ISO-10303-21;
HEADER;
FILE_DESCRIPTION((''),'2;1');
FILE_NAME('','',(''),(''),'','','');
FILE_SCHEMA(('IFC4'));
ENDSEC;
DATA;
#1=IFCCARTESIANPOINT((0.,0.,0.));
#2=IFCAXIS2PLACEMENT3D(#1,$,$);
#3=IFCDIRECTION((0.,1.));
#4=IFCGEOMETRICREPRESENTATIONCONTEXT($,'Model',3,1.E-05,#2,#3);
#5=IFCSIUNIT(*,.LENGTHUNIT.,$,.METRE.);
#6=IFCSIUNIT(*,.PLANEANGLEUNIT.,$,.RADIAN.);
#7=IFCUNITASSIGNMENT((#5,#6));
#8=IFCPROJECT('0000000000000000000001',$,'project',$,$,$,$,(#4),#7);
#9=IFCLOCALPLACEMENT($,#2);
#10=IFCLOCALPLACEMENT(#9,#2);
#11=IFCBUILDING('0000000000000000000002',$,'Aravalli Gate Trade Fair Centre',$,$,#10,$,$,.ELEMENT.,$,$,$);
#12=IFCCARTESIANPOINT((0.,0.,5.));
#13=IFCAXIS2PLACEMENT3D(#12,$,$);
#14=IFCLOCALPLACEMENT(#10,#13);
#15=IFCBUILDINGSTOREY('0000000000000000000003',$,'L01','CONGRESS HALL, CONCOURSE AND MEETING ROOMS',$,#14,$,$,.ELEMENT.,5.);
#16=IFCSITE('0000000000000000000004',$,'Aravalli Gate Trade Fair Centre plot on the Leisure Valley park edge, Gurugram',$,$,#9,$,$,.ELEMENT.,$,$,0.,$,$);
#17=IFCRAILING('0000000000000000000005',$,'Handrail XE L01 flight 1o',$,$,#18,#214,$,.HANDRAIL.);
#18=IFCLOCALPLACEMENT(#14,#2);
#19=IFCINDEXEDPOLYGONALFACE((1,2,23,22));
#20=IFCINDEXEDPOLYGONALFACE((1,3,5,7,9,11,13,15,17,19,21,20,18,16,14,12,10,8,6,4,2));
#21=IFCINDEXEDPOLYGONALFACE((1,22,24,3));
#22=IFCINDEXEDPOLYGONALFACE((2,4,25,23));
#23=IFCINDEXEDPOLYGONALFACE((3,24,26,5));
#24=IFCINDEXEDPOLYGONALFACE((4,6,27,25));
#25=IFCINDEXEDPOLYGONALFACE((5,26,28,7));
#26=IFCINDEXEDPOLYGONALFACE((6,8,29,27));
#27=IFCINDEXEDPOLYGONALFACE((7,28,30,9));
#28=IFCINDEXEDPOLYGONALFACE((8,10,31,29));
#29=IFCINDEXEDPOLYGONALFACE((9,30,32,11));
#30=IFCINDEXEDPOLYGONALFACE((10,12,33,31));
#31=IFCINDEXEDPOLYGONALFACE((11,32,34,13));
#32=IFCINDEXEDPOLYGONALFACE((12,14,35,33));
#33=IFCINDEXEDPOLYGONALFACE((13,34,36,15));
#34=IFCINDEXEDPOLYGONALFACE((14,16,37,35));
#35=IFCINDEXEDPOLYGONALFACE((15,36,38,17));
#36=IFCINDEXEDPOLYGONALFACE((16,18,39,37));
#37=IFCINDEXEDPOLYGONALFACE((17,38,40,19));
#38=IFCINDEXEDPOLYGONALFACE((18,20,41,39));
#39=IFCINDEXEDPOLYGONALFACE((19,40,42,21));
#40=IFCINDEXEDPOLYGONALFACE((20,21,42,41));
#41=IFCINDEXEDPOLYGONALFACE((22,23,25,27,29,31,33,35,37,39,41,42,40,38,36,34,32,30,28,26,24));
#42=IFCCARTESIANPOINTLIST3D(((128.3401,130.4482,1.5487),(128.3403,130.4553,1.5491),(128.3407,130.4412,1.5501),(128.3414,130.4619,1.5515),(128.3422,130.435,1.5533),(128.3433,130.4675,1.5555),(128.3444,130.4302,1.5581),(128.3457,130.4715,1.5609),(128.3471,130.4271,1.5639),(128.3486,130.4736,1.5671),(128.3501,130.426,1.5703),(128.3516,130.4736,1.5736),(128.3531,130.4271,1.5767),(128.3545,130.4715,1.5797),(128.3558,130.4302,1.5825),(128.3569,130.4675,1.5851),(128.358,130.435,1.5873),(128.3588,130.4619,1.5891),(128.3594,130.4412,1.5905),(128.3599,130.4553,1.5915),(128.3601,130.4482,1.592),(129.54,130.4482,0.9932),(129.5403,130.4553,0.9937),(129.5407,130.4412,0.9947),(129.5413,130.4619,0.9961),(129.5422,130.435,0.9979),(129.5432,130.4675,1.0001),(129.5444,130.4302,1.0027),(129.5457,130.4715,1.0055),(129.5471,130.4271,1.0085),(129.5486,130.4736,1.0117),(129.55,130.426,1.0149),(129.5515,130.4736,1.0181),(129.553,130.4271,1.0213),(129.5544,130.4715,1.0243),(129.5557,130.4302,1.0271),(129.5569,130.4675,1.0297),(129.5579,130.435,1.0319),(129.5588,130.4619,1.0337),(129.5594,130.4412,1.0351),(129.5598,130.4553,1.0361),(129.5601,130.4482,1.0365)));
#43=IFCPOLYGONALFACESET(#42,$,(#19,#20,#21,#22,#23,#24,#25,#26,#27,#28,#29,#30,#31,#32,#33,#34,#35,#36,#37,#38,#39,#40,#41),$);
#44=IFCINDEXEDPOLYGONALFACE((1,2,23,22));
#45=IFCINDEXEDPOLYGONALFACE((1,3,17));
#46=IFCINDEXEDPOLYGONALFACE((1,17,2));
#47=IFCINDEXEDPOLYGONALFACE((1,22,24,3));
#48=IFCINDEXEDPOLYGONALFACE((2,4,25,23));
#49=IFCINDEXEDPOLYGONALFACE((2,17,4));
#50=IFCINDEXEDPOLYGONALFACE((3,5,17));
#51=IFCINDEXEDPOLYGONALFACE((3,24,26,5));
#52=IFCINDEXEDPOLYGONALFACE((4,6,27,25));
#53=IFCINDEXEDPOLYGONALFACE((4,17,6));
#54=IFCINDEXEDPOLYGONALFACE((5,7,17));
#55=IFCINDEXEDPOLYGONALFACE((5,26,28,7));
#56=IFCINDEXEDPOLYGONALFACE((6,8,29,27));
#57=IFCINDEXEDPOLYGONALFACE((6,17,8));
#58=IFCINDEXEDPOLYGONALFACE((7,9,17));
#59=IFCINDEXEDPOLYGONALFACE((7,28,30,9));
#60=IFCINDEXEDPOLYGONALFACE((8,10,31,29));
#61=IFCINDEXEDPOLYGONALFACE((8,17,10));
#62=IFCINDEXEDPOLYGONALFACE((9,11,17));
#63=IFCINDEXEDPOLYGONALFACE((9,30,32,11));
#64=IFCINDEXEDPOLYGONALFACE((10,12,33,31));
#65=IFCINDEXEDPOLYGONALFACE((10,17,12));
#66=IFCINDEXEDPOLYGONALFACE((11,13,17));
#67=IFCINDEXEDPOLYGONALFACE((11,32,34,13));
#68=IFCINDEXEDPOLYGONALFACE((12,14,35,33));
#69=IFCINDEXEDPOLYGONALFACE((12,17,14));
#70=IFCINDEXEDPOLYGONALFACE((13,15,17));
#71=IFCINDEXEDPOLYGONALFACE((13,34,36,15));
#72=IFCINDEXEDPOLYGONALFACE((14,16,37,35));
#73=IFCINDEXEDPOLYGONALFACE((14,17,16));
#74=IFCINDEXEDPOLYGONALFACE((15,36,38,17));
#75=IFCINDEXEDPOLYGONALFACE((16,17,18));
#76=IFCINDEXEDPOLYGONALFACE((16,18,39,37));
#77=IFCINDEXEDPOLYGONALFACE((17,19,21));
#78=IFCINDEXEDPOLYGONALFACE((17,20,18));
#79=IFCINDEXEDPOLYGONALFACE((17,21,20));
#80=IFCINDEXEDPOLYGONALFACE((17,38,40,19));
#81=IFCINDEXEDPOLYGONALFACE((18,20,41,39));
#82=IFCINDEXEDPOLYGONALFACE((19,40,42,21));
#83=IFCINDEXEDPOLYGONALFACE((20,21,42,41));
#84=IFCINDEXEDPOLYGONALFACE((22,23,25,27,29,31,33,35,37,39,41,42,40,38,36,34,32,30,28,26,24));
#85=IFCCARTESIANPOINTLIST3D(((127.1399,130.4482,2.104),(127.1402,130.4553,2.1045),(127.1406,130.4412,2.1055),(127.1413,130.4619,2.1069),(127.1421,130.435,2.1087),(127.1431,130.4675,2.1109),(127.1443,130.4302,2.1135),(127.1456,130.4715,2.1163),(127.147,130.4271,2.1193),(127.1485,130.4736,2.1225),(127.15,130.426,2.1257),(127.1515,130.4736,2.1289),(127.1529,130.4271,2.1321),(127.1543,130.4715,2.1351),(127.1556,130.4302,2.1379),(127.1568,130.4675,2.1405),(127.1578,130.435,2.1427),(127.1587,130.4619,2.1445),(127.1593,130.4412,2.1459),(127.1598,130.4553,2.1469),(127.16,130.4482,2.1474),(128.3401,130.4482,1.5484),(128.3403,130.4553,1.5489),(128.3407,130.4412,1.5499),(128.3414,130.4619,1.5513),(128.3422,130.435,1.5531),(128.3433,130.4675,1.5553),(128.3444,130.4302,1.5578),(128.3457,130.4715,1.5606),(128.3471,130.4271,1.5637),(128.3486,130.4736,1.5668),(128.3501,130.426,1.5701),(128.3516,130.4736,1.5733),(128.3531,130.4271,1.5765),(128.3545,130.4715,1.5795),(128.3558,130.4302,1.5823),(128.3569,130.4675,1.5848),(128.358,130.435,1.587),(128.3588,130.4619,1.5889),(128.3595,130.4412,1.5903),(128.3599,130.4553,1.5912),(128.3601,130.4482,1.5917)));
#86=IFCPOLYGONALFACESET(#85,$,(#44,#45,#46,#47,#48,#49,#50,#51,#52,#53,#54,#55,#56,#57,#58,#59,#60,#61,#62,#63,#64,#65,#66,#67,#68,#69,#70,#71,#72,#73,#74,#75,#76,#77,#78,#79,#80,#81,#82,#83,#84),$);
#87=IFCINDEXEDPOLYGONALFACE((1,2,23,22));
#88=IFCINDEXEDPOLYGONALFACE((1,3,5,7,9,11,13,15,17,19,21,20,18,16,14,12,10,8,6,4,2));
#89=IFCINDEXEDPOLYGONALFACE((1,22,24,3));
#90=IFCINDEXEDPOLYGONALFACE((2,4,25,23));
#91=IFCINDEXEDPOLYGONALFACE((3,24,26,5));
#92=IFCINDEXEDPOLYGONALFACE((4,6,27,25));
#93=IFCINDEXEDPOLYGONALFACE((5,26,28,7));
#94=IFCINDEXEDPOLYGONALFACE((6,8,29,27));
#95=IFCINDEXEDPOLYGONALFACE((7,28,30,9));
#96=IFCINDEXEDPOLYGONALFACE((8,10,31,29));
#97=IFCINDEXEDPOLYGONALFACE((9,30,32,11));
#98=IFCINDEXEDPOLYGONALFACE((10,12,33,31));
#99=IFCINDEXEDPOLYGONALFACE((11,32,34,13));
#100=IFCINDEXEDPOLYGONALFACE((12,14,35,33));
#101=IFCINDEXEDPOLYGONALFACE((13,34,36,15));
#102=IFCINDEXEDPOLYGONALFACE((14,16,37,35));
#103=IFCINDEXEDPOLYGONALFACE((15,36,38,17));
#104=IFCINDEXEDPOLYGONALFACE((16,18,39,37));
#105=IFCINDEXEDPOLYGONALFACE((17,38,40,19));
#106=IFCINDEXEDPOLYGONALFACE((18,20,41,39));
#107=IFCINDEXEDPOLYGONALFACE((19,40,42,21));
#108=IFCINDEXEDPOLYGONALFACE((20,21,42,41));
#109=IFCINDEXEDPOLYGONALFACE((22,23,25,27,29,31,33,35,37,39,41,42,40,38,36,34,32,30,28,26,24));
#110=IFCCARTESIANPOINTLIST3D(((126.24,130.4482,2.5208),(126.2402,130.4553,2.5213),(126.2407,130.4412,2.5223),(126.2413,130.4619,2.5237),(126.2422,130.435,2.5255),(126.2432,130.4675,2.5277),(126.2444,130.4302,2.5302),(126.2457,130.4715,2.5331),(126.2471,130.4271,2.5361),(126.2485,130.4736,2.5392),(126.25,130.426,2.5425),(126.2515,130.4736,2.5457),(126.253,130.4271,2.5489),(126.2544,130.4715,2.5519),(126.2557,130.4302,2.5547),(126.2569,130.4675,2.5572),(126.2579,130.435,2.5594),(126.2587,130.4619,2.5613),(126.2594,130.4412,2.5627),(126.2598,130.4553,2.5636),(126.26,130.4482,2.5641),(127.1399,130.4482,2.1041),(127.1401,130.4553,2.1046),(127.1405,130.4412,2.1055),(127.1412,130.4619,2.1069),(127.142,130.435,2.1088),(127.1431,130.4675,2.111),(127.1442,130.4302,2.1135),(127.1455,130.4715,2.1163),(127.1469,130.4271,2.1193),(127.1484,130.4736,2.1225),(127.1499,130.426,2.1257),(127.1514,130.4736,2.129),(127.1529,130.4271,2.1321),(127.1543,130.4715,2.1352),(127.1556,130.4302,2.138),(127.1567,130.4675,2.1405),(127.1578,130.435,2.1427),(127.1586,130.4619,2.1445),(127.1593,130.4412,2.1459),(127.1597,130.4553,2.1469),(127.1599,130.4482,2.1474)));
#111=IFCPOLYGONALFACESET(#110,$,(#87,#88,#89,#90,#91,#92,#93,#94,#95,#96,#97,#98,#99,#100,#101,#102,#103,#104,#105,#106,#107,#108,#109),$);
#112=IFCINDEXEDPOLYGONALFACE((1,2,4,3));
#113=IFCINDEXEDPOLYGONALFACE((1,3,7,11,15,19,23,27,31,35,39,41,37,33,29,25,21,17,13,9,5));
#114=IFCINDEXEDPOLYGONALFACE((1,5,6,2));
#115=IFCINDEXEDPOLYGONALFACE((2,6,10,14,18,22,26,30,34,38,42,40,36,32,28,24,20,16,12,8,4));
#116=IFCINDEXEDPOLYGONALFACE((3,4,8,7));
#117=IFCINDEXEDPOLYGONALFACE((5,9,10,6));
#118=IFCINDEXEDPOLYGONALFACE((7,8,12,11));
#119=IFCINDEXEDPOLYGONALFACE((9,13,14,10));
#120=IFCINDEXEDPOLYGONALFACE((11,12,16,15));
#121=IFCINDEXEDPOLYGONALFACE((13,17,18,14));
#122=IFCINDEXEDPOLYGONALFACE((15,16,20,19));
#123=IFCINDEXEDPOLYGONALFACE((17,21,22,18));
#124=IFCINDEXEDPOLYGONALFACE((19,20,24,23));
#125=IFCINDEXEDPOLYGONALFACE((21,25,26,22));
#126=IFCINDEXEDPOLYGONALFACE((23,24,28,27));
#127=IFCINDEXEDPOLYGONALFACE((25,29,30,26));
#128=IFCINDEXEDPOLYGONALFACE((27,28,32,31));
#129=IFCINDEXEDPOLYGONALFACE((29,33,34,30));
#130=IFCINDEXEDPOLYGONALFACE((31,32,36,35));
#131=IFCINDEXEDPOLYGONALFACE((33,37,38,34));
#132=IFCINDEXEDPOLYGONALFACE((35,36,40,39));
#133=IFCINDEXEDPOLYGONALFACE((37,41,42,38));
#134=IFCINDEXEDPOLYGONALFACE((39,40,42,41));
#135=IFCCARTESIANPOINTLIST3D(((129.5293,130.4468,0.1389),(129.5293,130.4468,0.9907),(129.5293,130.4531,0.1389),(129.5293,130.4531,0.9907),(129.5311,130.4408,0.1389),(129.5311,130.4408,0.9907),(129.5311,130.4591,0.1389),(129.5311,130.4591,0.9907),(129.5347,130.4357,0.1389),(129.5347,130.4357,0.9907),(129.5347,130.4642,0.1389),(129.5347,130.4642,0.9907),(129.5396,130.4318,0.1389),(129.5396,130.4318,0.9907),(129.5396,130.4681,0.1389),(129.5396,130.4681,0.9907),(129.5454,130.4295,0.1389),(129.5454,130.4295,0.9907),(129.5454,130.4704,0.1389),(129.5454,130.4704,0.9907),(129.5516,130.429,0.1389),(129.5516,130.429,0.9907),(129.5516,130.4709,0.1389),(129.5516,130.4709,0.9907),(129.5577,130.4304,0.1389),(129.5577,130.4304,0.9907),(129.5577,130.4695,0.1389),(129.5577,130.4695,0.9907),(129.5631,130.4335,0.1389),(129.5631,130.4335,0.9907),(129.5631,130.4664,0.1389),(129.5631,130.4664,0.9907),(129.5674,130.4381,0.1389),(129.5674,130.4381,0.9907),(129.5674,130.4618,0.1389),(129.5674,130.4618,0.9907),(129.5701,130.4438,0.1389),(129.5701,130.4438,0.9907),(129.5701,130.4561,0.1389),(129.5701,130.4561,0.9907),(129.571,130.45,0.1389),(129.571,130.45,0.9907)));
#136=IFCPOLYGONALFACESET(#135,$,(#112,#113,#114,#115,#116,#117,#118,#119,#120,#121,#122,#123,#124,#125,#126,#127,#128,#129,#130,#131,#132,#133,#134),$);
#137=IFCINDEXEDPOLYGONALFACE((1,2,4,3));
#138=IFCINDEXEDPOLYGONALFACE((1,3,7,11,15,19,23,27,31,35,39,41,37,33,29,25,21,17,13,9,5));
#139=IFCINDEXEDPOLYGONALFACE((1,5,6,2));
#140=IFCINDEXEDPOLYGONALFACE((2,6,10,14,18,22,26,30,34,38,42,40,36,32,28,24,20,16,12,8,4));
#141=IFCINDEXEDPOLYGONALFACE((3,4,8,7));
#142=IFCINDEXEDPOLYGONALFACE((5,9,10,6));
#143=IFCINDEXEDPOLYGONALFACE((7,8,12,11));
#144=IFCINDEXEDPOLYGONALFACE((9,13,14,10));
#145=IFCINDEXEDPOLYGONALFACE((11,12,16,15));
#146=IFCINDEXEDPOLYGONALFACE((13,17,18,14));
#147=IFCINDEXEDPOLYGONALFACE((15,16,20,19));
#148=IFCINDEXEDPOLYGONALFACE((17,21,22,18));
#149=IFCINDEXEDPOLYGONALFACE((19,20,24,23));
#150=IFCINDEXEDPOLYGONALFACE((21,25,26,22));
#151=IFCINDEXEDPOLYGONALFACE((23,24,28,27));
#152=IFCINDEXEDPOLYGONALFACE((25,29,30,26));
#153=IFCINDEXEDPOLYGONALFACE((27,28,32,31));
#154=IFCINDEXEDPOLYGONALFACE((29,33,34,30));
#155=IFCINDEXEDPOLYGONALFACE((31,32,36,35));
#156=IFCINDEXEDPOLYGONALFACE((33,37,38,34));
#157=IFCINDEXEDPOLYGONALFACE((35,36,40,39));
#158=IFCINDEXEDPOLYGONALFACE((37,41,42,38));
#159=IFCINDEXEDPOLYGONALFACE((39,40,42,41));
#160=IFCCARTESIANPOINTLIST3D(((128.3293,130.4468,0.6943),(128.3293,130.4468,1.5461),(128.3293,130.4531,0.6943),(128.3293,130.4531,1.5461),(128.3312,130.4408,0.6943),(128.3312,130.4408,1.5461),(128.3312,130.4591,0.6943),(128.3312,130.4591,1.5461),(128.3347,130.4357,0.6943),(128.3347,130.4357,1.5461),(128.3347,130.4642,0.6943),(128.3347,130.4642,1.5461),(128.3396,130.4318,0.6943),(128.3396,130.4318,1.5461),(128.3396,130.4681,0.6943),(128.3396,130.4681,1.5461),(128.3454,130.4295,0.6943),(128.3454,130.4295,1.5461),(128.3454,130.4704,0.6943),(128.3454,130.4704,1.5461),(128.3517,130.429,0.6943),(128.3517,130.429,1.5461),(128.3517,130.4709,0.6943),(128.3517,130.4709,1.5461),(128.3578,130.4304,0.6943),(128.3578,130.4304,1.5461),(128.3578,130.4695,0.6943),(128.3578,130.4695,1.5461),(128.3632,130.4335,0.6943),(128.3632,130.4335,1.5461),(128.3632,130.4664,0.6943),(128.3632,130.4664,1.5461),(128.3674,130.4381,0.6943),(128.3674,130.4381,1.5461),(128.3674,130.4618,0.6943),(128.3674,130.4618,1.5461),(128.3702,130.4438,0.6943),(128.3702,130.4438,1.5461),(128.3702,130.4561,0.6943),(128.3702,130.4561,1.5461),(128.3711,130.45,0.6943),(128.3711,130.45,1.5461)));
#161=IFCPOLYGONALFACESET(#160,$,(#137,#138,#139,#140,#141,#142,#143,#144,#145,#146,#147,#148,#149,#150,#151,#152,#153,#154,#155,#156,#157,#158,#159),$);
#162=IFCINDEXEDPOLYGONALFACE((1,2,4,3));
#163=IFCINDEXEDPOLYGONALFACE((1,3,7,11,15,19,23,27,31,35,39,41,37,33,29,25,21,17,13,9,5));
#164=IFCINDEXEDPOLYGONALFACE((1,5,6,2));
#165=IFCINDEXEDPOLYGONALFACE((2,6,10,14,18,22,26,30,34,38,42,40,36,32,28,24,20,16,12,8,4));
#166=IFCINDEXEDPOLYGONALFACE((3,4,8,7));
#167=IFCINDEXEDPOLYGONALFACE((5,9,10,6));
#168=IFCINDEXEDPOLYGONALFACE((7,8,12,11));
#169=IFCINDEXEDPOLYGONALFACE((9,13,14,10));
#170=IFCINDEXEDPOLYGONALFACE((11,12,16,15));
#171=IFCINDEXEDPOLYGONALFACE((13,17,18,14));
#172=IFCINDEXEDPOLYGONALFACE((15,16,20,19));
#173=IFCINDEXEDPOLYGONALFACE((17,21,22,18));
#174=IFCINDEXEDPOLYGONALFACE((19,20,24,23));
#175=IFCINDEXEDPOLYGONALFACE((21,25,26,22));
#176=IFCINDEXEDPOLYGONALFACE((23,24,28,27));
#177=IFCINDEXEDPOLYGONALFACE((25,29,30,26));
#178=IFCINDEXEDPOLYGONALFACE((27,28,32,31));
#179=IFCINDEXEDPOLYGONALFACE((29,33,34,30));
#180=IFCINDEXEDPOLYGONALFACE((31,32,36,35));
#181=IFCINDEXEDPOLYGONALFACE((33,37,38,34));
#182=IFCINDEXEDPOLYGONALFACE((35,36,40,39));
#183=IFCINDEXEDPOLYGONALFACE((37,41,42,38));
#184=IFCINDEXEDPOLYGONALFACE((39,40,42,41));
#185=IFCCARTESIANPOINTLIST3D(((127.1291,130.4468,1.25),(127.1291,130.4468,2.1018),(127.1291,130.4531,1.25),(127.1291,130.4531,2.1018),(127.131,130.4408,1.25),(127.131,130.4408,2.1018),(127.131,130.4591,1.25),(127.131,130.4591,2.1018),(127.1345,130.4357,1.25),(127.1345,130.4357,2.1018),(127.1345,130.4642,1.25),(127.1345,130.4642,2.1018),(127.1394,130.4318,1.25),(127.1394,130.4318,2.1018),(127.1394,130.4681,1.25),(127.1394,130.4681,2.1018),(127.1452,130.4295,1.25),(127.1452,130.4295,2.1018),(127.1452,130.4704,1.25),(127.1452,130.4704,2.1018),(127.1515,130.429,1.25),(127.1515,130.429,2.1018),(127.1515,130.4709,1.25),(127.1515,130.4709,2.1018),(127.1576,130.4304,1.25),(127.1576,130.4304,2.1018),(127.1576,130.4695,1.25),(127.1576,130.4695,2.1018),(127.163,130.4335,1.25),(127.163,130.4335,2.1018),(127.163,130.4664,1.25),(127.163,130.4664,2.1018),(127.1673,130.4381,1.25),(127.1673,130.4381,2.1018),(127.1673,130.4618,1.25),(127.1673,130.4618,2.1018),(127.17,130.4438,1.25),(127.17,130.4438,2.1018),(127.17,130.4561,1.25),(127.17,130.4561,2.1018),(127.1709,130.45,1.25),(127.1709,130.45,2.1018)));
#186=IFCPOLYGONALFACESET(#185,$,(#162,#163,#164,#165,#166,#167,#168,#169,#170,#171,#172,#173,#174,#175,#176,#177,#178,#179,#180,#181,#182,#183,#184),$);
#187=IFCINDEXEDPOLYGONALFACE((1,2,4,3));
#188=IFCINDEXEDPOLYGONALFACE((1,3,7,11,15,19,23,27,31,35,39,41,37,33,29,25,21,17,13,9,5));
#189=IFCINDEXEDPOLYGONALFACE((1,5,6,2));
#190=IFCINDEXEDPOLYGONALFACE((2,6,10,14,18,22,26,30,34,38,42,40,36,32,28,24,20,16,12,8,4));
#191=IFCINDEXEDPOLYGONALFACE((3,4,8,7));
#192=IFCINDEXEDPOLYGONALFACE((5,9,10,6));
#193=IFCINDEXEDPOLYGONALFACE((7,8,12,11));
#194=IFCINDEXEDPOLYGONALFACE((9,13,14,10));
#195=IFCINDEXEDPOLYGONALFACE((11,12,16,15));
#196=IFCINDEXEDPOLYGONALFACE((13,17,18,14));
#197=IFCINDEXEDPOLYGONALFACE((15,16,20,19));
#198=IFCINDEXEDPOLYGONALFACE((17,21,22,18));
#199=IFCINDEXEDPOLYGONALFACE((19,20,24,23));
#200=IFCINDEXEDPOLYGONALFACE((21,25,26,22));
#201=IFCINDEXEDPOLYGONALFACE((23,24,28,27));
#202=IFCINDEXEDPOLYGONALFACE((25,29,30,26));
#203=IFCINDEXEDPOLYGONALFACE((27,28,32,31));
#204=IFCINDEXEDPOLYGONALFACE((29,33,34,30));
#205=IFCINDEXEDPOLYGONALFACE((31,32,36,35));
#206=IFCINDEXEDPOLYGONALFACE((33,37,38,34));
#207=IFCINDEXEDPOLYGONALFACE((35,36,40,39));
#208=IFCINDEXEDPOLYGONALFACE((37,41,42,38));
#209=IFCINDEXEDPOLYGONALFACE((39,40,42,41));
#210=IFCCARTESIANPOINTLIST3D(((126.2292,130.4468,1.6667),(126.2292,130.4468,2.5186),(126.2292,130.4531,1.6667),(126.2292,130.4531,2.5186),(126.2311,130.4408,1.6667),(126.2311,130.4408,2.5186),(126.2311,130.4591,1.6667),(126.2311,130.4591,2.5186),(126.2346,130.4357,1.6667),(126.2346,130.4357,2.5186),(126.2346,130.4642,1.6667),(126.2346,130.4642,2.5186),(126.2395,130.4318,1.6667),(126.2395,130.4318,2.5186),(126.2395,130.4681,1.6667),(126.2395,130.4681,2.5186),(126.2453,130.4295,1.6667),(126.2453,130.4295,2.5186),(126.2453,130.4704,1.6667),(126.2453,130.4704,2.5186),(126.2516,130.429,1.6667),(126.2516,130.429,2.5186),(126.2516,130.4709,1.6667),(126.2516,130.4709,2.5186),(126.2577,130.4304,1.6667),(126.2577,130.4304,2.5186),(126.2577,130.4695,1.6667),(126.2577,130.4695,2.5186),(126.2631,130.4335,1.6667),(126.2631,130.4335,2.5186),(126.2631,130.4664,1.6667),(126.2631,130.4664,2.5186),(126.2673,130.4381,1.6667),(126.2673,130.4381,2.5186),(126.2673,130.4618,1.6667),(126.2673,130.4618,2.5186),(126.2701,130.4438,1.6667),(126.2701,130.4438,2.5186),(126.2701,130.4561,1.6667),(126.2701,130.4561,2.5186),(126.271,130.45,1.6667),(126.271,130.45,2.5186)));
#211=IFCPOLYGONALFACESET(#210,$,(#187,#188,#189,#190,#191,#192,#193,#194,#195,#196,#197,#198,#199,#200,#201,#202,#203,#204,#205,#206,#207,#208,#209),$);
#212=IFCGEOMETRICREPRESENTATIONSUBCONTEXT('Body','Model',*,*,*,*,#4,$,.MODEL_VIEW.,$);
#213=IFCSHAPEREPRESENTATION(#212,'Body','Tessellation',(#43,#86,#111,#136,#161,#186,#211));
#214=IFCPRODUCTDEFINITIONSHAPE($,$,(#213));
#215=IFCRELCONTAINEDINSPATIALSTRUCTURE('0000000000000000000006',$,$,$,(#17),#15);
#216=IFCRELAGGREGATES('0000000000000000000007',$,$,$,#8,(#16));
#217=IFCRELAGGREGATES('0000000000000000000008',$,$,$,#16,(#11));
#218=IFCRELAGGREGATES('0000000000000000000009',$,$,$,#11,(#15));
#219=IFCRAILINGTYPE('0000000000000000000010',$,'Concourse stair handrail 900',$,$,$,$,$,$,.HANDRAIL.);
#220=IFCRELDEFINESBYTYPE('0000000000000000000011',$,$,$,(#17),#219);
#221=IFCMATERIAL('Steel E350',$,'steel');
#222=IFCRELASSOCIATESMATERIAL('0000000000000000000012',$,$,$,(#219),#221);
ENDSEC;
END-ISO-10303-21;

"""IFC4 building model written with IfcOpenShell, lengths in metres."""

from ifc_helpers import new_model, si_unit, direction, frame, origin, origin_2d, place, context, subcontext, project, spatial, circle, extrude, material, type_object, element, save


model = new_model("IFC4")

# Units and contexts
model_context = context("Model", 3, precision=1e-05, world=origin(), true_north=direction((0.0, 1.0)))
body_context = subcontext(model_context, "Body", "Model", "MODEL_VIEW")
ifc_project = project(units=[si_unit("LENGTHUNIT", "METRE"), si_unit("PLANEANGLEUNIT", "RADIAN")], contexts=[model_context])

# Site, building, storey
site_placement = place(None, origin())
site = spatial("IfcSite", under=ifc_project, at=site_placement, Name="Aravalli Gate Trade Fair Centre plot on the Leisure Valley park edge, Gurugram", CompositionType="ELEMENT", RefElevation=0.0)
building_placement = place(site_placement, origin())
building = spatial("IfcBuilding", under=site, at=building_placement, Name="Aravalli Gate Trade Fair Centre", CompositionType="ELEMENT")
storey_placement = place(building_placement, frame((0.0, 0.0, 5.0)))
storey = spatial("IfcBuildingStorey", under=building, at=storey_placement, Name="L01", Description="CONGRESS HALL, CONCOURSE AND MEETING ROOMS", CompositionType="ELEMENT", Elevation=5.0)

# Shared definitions
ifc_material_1 = material(Name="Steel E350", Category="steel")

# Railing
railing_type = type_object("IfcRailingType", Name="Concourse stair handrail 900", PredefinedType="HANDRAIL", material=ifc_material_1)
for number, where, name in (
    (1, (129.55, 130.45, 0.1389), "Handrail XE L01 flight 1o"),
):
    element("IfcRailing", number, at=place(storey_placement, frame(where)), inside=storey, type_object=railing_type, Name=name, PredefinedType="HANDRAIL", context=body_context, shape_type="SweptSolid", body=[
        extrude(circle(Radius=0.0239, at=origin_2d()), frame((0.0, 0.0, 0.876), z_axis=(-0.907499, 0.0, 0.420053), x_axis=(0.0, -1.0, 0.0)), (0.0, 0.0, 1.0), 1.3223),
        extrude(circle(Radius=0.0239, at=origin_2d()), frame((-1.2, 0.0, 1.4312), z_axis=(-0.907462, 0.0, 0.420135), x_axis=(0.0, -1.0, 0.0)), (0.0, 0.0, 1.0), 1.3225),
        extrude(circle(Radius=0.0239, at=origin_2d()), frame((-2.4001, 0.0, 1.9868), z_axis=(-0.907418, 0.0, 0.420229), x_axis=(0.0, -1.0, 0.0)), (0.0, 0.0, 1.0), 0.9917),
        extrude(circle(Radius=0.021, at=origin_2d()), origin(), (0.0, 0.0, 1.0), 0.8518),
        extrude(circle(Radius=0.021, at=origin_2d()), frame((-1.2, 0.0, 0.5554)), (0.0, 0.0, 1.0), 0.8518),
        extrude(circle(Radius=0.021, at=origin_2d()), frame((-2.4001, 0.0, 1.1111)), (0.0, 0.0, 1.0), 0.8518),
        extrude(circle(Radius=0.021, at=origin_2d()), frame((-3.3, 0.0, 1.5278)), (0.0, 0.0, 1.0), 0.8518),
    ])

save(model, "model.ifc")
